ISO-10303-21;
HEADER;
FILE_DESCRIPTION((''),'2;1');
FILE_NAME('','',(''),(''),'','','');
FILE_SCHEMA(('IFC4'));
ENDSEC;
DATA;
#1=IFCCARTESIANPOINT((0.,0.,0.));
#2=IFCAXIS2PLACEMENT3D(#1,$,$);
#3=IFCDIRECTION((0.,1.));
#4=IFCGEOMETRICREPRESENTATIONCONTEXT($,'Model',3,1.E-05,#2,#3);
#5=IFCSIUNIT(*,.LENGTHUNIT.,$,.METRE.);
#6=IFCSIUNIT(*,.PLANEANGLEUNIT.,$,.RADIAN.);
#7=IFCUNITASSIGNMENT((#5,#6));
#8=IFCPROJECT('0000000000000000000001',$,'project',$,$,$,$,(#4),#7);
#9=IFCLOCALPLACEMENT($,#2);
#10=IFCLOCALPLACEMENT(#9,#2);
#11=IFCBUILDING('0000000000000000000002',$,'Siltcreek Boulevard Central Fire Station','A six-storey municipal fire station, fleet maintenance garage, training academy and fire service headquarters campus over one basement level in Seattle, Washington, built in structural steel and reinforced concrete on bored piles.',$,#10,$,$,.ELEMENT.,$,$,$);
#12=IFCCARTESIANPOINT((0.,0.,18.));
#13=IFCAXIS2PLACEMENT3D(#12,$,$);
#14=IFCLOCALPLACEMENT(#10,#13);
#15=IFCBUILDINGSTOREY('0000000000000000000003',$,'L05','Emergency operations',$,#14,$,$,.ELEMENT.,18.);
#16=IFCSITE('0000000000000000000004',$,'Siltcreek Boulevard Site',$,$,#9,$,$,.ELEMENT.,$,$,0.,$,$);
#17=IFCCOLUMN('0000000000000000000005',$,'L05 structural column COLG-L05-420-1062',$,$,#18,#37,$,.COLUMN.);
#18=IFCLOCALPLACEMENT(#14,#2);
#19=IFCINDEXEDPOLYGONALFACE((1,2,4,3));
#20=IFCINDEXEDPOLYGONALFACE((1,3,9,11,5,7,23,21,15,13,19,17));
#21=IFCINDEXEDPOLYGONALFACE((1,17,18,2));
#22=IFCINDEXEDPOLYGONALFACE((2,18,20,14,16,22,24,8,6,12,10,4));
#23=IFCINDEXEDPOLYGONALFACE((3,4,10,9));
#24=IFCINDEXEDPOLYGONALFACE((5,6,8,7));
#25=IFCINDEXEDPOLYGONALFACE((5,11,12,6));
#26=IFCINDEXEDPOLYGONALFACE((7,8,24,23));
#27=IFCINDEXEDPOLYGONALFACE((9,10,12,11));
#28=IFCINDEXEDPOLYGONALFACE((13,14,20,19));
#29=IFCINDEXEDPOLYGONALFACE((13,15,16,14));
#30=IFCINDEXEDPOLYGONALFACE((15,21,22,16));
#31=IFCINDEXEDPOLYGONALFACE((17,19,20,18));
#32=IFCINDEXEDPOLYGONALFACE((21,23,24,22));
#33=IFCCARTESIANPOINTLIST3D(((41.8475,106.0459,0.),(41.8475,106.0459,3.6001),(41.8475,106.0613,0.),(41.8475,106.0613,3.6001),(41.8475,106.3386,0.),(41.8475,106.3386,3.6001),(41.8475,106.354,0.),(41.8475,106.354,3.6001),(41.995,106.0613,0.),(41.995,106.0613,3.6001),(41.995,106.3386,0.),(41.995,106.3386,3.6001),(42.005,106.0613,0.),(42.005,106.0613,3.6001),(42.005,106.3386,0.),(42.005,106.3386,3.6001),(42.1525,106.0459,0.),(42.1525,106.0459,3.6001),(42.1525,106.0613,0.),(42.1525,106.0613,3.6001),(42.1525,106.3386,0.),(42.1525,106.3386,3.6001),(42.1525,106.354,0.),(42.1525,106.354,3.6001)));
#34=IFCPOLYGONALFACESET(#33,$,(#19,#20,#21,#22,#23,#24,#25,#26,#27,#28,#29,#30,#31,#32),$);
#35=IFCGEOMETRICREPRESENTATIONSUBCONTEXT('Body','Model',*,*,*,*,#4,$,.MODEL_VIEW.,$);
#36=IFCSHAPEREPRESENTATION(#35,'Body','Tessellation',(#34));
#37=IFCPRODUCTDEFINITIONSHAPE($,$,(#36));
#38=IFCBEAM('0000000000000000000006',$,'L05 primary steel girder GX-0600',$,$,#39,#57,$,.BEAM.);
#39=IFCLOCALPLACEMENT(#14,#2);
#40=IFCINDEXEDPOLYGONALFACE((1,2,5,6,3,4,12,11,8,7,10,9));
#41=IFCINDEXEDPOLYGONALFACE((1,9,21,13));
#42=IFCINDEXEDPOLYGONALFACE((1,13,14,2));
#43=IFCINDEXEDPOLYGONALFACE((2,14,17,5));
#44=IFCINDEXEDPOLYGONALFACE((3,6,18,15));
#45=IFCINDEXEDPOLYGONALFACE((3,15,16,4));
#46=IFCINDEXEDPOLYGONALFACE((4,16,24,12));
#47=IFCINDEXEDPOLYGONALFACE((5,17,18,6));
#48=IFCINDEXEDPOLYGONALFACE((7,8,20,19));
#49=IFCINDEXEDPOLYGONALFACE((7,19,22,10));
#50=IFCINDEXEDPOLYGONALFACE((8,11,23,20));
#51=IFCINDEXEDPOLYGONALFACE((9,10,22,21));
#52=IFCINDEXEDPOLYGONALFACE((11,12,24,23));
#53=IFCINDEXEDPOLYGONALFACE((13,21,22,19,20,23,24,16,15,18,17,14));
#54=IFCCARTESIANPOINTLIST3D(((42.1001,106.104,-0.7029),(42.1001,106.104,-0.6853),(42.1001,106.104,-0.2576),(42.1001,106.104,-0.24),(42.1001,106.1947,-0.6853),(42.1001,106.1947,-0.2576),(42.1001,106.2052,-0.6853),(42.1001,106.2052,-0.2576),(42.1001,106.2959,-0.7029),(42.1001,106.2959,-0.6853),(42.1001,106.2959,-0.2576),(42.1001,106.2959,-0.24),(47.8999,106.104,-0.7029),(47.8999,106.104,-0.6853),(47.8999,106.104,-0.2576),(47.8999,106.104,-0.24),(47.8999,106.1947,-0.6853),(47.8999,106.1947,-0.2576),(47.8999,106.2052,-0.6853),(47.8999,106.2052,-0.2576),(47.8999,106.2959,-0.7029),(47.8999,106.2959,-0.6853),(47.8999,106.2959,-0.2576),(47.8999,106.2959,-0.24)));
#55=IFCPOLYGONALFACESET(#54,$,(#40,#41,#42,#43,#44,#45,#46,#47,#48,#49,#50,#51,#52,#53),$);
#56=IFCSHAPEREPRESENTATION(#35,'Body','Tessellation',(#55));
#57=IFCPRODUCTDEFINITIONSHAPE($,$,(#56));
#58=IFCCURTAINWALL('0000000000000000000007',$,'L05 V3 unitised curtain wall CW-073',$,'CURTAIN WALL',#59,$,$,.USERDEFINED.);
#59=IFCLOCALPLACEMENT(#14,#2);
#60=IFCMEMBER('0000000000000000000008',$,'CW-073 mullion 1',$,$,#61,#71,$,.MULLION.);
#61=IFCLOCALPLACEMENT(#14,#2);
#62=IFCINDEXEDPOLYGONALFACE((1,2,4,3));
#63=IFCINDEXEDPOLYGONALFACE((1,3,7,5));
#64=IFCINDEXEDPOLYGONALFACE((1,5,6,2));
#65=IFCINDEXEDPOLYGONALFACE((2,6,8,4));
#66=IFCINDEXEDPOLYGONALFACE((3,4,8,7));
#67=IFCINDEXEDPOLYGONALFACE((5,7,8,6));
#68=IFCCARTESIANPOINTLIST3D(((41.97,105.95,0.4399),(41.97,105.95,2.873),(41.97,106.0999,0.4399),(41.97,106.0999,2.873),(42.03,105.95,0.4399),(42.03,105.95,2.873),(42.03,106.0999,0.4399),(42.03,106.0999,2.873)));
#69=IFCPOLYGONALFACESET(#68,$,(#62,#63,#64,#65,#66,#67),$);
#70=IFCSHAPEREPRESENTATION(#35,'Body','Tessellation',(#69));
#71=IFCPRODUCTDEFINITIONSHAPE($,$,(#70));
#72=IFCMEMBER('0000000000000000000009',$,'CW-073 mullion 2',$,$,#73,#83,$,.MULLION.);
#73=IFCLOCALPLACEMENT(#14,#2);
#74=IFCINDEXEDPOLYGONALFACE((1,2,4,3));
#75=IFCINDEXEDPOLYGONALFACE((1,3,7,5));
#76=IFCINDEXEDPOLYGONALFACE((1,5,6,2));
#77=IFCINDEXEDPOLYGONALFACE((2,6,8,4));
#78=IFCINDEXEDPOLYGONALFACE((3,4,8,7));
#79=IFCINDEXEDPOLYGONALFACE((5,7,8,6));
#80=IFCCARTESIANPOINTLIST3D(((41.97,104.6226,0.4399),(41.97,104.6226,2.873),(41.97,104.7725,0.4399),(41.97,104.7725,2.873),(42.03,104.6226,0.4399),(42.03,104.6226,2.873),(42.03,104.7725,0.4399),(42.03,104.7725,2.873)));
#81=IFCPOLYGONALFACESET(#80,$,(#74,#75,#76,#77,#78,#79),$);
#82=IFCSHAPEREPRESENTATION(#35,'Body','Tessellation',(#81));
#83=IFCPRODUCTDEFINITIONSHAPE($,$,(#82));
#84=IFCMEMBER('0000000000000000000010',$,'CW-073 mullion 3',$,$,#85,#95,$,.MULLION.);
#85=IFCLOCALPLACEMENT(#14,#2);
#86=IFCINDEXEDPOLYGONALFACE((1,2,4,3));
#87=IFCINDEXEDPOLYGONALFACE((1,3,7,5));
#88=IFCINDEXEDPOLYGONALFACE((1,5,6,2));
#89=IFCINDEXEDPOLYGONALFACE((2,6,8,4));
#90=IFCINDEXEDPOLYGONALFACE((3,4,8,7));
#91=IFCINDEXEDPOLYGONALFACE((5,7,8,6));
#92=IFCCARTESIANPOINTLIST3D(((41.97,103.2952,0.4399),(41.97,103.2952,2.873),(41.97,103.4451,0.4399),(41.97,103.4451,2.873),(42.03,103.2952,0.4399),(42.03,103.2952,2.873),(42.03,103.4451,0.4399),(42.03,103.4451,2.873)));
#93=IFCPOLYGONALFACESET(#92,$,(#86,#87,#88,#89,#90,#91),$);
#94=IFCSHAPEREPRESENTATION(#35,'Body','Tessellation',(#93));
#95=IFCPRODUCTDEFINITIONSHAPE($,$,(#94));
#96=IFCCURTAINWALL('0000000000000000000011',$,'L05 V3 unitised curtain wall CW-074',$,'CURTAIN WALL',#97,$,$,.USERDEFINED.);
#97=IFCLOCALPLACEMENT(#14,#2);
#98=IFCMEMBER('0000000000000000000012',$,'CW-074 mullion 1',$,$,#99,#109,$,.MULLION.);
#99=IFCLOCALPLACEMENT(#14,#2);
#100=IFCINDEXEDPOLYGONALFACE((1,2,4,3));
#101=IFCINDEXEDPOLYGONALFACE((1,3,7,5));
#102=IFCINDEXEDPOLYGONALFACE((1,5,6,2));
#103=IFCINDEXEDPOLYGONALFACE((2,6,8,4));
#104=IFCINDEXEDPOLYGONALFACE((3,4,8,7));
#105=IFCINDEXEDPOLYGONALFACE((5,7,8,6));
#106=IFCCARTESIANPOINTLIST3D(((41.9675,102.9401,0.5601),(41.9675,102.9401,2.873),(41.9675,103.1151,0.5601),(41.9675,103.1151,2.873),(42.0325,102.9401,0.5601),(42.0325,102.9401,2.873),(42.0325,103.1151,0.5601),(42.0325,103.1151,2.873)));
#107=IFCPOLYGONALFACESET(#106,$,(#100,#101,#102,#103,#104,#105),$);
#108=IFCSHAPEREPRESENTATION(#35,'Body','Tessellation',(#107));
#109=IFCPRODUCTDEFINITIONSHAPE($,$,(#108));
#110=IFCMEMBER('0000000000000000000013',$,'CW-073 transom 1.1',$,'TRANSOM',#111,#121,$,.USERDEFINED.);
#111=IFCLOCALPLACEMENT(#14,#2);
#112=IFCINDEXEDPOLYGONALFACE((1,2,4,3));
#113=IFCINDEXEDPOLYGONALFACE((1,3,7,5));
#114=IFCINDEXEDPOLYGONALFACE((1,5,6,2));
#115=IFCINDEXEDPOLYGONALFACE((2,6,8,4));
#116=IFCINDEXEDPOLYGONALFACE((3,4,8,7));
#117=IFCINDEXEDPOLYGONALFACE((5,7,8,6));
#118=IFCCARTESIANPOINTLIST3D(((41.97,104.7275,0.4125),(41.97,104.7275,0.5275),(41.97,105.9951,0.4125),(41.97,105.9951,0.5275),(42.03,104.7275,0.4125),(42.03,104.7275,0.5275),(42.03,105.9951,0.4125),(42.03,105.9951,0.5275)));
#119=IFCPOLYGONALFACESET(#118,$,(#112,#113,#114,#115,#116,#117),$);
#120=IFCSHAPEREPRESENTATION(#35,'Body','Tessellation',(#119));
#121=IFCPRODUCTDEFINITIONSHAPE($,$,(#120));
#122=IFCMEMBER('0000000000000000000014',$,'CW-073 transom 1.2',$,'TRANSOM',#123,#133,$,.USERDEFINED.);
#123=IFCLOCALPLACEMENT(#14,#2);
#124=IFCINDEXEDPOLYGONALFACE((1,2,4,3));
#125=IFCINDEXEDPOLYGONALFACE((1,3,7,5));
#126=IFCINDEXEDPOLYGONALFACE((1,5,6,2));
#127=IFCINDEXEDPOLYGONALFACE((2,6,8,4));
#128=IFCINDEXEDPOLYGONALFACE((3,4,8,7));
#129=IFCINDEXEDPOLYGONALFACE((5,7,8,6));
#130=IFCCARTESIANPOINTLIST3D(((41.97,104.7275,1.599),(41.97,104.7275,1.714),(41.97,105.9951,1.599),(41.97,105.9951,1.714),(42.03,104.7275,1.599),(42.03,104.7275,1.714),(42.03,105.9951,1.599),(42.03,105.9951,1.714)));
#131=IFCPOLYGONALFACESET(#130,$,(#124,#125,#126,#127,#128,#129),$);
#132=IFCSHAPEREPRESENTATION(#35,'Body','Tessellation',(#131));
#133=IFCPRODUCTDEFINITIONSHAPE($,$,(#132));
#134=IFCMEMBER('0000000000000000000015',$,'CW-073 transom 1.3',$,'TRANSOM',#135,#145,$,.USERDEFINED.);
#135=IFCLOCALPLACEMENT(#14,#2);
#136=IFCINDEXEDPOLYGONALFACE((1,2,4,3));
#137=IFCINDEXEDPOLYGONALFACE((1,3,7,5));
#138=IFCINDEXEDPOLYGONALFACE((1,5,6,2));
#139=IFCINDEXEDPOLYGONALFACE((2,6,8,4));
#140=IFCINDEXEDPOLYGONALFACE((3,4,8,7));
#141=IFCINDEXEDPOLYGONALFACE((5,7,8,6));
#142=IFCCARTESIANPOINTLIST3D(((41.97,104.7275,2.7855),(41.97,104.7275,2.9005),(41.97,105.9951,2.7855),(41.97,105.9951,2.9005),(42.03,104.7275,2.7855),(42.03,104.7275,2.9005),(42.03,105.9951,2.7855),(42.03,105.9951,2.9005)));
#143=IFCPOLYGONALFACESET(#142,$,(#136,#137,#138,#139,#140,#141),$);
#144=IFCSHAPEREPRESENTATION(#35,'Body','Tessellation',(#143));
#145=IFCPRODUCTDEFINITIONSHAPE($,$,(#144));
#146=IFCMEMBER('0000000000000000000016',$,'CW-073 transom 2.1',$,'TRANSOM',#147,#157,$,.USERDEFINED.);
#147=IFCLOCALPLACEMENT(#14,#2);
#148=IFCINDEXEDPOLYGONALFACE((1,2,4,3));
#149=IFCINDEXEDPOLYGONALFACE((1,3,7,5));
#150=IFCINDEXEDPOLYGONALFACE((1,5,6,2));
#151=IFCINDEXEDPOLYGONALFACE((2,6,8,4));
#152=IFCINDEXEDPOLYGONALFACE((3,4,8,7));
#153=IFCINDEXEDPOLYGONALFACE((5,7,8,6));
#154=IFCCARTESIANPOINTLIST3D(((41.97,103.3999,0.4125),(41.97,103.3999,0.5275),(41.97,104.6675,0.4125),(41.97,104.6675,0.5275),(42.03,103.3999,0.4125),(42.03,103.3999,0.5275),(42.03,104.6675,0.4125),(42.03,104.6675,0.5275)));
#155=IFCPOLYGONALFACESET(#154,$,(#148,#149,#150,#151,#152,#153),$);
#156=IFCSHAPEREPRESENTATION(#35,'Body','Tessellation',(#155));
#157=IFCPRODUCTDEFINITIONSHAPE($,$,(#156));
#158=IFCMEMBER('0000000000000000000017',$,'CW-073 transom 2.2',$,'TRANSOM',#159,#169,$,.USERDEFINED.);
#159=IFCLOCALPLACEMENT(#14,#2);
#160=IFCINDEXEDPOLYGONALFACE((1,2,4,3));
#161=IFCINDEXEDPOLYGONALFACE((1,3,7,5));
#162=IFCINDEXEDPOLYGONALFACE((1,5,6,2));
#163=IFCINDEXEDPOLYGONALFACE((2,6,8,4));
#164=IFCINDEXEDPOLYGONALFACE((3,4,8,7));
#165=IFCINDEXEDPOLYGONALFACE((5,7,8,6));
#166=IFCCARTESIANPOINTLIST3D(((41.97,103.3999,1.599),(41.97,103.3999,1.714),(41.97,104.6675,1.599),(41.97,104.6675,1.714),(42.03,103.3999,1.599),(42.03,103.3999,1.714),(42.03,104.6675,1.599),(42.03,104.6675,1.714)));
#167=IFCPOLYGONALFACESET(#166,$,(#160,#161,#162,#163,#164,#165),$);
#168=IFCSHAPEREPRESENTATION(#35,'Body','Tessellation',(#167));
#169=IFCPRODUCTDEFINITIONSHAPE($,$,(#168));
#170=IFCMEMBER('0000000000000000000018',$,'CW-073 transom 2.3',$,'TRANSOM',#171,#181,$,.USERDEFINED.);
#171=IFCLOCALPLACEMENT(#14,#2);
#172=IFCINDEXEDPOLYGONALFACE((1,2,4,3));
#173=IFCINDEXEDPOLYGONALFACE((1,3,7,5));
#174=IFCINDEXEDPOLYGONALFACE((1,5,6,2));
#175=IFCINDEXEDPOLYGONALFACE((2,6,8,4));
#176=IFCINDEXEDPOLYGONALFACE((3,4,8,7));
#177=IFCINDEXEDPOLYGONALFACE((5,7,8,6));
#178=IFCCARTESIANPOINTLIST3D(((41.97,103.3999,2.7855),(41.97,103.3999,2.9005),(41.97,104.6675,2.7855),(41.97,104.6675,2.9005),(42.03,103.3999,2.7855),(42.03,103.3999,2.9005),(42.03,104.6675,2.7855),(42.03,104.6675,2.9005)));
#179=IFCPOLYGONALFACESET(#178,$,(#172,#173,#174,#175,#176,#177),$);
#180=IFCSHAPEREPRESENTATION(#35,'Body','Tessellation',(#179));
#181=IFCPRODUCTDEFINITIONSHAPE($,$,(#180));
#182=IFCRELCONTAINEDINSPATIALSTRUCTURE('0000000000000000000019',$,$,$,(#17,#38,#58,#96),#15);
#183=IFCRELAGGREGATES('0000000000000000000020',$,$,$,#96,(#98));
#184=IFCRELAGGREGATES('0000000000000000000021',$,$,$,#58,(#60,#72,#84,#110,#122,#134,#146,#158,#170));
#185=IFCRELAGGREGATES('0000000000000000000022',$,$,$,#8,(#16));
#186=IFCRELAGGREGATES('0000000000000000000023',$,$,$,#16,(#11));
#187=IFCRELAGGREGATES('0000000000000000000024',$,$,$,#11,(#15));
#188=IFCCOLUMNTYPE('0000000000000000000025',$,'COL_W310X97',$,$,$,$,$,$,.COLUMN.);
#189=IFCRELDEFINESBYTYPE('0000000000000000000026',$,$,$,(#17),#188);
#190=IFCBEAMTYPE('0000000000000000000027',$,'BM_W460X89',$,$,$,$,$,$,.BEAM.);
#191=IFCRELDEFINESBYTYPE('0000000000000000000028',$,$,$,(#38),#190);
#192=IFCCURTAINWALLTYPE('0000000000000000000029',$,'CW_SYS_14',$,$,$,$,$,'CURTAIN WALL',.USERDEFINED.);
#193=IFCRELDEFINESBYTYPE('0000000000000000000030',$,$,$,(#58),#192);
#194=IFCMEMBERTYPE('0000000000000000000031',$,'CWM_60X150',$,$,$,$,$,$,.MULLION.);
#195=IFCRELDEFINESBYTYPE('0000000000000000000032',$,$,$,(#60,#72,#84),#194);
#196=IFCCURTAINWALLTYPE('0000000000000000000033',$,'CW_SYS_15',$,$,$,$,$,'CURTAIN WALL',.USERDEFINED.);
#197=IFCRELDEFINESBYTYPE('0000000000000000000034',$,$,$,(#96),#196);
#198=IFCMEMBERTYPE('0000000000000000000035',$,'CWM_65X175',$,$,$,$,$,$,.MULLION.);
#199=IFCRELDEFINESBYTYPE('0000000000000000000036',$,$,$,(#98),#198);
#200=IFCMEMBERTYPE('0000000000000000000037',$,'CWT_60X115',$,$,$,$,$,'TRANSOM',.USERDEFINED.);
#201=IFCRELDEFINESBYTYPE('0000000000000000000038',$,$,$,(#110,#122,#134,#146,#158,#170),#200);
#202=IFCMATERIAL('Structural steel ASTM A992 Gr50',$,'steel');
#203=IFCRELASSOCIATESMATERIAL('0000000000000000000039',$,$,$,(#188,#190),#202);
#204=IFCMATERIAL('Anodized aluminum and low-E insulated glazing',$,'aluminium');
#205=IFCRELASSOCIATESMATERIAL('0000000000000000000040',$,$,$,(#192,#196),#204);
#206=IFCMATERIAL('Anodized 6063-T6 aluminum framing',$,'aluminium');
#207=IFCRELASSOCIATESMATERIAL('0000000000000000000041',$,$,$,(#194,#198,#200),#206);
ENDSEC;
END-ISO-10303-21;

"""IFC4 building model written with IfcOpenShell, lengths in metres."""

from ifc_helpers import new_model, si_unit, direction, frame, origin, origin_2d, place, context, subcontext, project, spatial, rectangle, i_section, extrude, material, material_profile, profile_set, type_object, element, aggregate, save


model = new_model("IFC4")

# Units and contexts
model_context = context("Model", 3, precision=1e-05, world=origin(), true_north=direction((0.0, 1.0)))
body_context = subcontext(model_context, "Body", "Model", "MODEL_VIEW")
ifc_project = project(units=[si_unit("LENGTHUNIT", "METRE"), si_unit("PLANEANGLEUNIT", "RADIAN")], contexts=[model_context])

# Site, building, storey
site_placement = place(None, origin())
site = spatial("IfcSite", under=ifc_project, at=site_placement, Name="Siltcreek Boulevard Site", CompositionType="ELEMENT", RefElevation=0.0)
building_placement = place(site_placement, origin())
building = spatial("IfcBuilding", under=site, at=building_placement, Name="Siltcreek Boulevard Central Fire Station", Description="A six-storey municipal fire station, fleet maintenance garage, training academy and fire service headquarters campus over one basement level in Seattle, Washington, built in structural steel and reinforced concrete on bored piles.", CompositionType="ELEMENT")
storey_placement = place(building_placement, frame((0.0, 0.0, 18.0)))
storey = spatial("IfcBuildingStorey", under=building, at=storey_placement, Name="L05", Description="Emergency operations", CompositionType="ELEMENT", Elevation=18.0)

# Column
ifc_material_1 = material(Name="Structural steel ASTM A992 Gr50", Category="steel")
ifc_material_profile_1 = material_profile(ifc_material_1, i_section(OverallWidth=0.3049, OverallDepth=0.3081, WebThickness=0.01, FlangeThickness=0.0154, at=origin_2d()), Name="W310X97")
ifc_profile_set_1 = profile_set([ifc_material_profile_1], Name="Structural steel ASTM A992 Gr50")
column_type = type_object("IfcColumnType", Name="COL_W310X97", PredefinedType="COLUMN", material=ifc_profile_set_1)
column_placement = place(storey_placement, frame((42.0, 106.2, 0.0), z_axis=(0.0, 0.0, 1.0), x_axis=(1.0, 0.0, 0.0)))
element("IfcColumn", 1, at=column_placement, inside=storey, type_object=column_type, Name="L05 structural column COLG-L05-420-1062", PredefinedType="COLUMN", context=body_context, shape_type="SweptSolid", body=[
    extrude(i_section(OverallWidth=0.3049, OverallDepth=0.3081, WebThickness=0.01, FlangeThickness=0.0154, at=origin_2d()), origin(), (0.0, 0.0, 1.0), 3.6001),
])

# Beam
ifc_material_profile_2 = material_profile(ifc_material_1, i_section(OverallWidth=0.1919, OverallDepth=0.4629, WebThickness=0.0105, FlangeThickness=0.0176, at=origin_2d()), Name="W460X89")
ifc_profile_set_2 = profile_set([ifc_material_profile_2], Name="Structural steel ASTM A992 Gr50")
beam_type = type_object("IfcBeamType", Name="BM_W460X89", PredefinedType="BEAM", material=ifc_profile_set_2)
beam_placement = place(storey_placement, frame((42.1001, 106.2, -0.4714), z_axis=(1.0, 0.0, 0.0), x_axis=(0.0, 1.0, 0.0)))
element("IfcBeam", 2, at=beam_placement, inside=storey, type_object=beam_type, Name="L05 primary steel girder GX-0600", PredefinedType="BEAM", context=body_context, shape_type="SweptSolid", body=[
    extrude(i_section(OverallWidth=0.1919, OverallDepth=0.4629, WebThickness=0.0105, FlangeThickness=0.0176, at=origin_2d()), origin(), (0.0, 0.0, 1.0), 5.7998),
])

# Curtain wall, members
ifc_material_2 = material(Name="Anodized aluminum and low-E insulated glazing", Category="aluminium")
curtain_wall_type_1 = type_object("IfcCurtainWallType", Name="CW_SYS_14", ElementType="CURTAIN WALL", PredefinedType="USERDEFINED", material=ifc_material_2)
curtain_wall_1_placement = place(storey_placement, origin())
curtain_wall_1 = element("IfcCurtainWall", 3, at=curtain_wall_1_placement, inside=storey, type_object=curtain_wall_type_1, Name="L05 V3 unitised curtain wall CW-073", ObjectType="CURTAIN WALL", PredefinedType="USERDEFINED")
ifc_material_3 = material(Name="Anodized 6063-T6 aluminum framing", Category="aluminium")
ifc_material_profile_3 = material_profile(ifc_material_3, rectangle(XDim=0.0601, YDim=0.1499, at=origin_2d()), Name="MULL60X150")
ifc_profile_set_3 = profile_set([ifc_material_profile_3], Name="Anodized 6063-T6 aluminum framing")
member_type_1 = type_object("IfcMemberType", Name="CWM_60X150", PredefinedType="MULLION", material=ifc_profile_set_3)
member_1_placement = place(storey_placement, frame((42.0, 106.0249, 0.4399), z_axis=(0.0, 0.0, 1.0), x_axis=(1.0, 0.0, 0.0)))
member_1 = element("IfcMember", 4, at=member_1_placement, type_object=member_type_1, Name="CW-073 mullion 1", PredefinedType="MULLION", context=body_context, shape_type="SweptSolid", body=[
    extrude(rectangle(XDim=0.0601, YDim=0.1499, at=origin_2d()), origin(), (0.0, 0.0, 1.0), 2.4331),
])
member_2_placement = place(storey_placement, frame((42.0, 104.6975, 0.4399), z_axis=(0.0, 0.0, 1.0), x_axis=(1.0, 0.0, 0.0)))
member_2 = element("IfcMember", 5, at=member_2_placement, type_object=member_type_1, Name="CW-073 mullion 2", PredefinedType="MULLION", context=body_context, shape_type="SweptSolid", body=[
    extrude(rectangle(XDim=0.0601, YDim=0.1499, at=origin_2d()), origin(), (0.0, 0.0, 1.0), 2.4331),
])
member_3_placement = place(storey_placement, frame((42.0, 103.3701, 0.4399), z_axis=(0.0, 0.0, 1.0), x_axis=(1.0, 0.0, 0.0)))
member_3 = element("IfcMember", 6, at=member_3_placement, type_object=member_type_1, Name="CW-073 mullion 3", PredefinedType="MULLION", context=body_context, shape_type="SweptSolid", body=[
    extrude(rectangle(XDim=0.0601, YDim=0.1499, at=origin_2d()), origin(), (0.0, 0.0, 1.0), 2.4331),
])

# Curtain wall, member
curtain_wall_type_2 = type_object("IfcCurtainWallType", Name="CW_SYS_15", ElementType="CURTAIN WALL", PredefinedType="USERDEFINED", material=ifc_material_2)
curtain_wall_2_placement = place(storey_placement, origin())
curtain_wall_2 = element("IfcCurtainWall", 7, at=curtain_wall_2_placement, inside=storey, type_object=curtain_wall_type_2, Name="L05 V3 unitised curtain wall CW-074", ObjectType="CURTAIN WALL", PredefinedType="USERDEFINED")
ifc_material_profile_4 = material_profile(ifc_material_3, rectangle(XDim=0.0649, YDim=0.175, at=origin_2d()), Name="MULL65X175")
ifc_profile_set_4 = profile_set([ifc_material_profile_4], Name="Anodized 6063-T6 aluminum framing")
member_type_2 = type_object("IfcMemberType", Name="CWM_65X175", PredefinedType="MULLION", material=ifc_profile_set_4)
member_4_placement = place(storey_placement, frame((42.0, 103.0276, 0.5601), z_axis=(0.0, 0.0, 1.0), x_axis=(1.0, 0.0, 0.0)))
member_4 = element("IfcMember", 8, at=member_4_placement, type_object=member_type_2, Name="CW-074 mullion 1", PredefinedType="MULLION", context=body_context, shape_type="SweptSolid", body=[
    extrude(rectangle(XDim=0.0649, YDim=0.175, at=origin_2d()), origin(), (0.0, 0.0, 1.0), 2.313),
])

# Members
ifc_material_profile_5 = material_profile(ifc_material_3, rectangle(XDim=0.0601, YDim=0.115, at=origin_2d()), Name="TRAN60X115")
ifc_profile_set_5 = profile_set([ifc_material_profile_5], Name="Anodized 6063-T6 aluminum framing")
member_type_3 = type_object("IfcMemberType", Name="CWT_60X115", ElementType="TRANSOM", PredefinedType="USERDEFINED", material=ifc_profile_set_5)
member_5_placement = place(storey_placement, frame((42.0, 105.9951, 0.47), z_axis=(0.0, -1.0, 0.0), x_axis=(1.0, 0.0, 0.0)))
member_5 = element("IfcMember", 9, at=member_5_placement, type_object=member_type_3, Name="CW-073 transom 1.1", ObjectType="TRANSOM", PredefinedType="USERDEFINED", context=body_context, shape_type="SweptSolid", body=[
    extrude(rectangle(XDim=0.0601, YDim=0.115, at=origin_2d()), origin(), (0.0, 0.0, 1.0), 1.2676),
])
member_6_placement = place(storey_placement, frame((42.0, 105.9951, 1.6565), z_axis=(0.0, -1.0, 0.0), x_axis=(1.0, 0.0, 0.0)))
member_6 = element("IfcMember", 10, at=member_6_placement, type_object=member_type_3, Name="CW-073 transom 1.2", ObjectType="TRANSOM", PredefinedType="USERDEFINED", context=body_context, shape_type="SweptSolid", body=[
    extrude(rectangle(XDim=0.0601, YDim=0.115, at=origin_2d()), origin(), (0.0, 0.0, 1.0), 1.2676),
])
member_7_placement = place(storey_placement, frame((42.0, 105.9951, 2.843), z_axis=(0.0, -1.0, 0.0), x_axis=(1.0, 0.0, 0.0)))
member_7 = element("IfcMember", 11, at=member_7_placement, type_object=member_type_3, Name="CW-073 transom 1.3", ObjectType="TRANSOM", PredefinedType="USERDEFINED", context=body_context, shape_type="SweptSolid", body=[
    extrude(rectangle(XDim=0.0601, YDim=0.115, at=origin_2d()), origin(), (0.0, 0.0, 1.0), 1.2676),
])
member_8_placement = place(storey_placement, frame((42.0, 104.6675, 0.47), z_axis=(0.0, -1.0, 0.0), x_axis=(1.0, 0.0, 0.0)))
member_8 = element("IfcMember", 12, at=member_8_placement, type_object=member_type_3, Name="CW-073 transom 2.1", ObjectType="TRANSOM", PredefinedType="USERDEFINED", context=body_context, shape_type="SweptSolid", body=[
    extrude(rectangle(XDim=0.0601, YDim=0.115, at=origin_2d()), origin(), (0.0, 0.0, 1.0), 1.2676),
])
member_9_placement = place(storey_placement, frame((42.0, 104.6675, 1.6565), z_axis=(0.0, -1.0, 0.0), x_axis=(1.0, 0.0, 0.0)))
member_9 = element("IfcMember", 13, at=member_9_placement, type_object=member_type_3, Name="CW-073 transom 2.2", ObjectType="TRANSOM", PredefinedType="USERDEFINED", context=body_context, shape_type="SweptSolid", body=[
    extrude(rectangle(XDim=0.0601, YDim=0.115, at=origin_2d()), origin(), (0.0, 0.0, 1.0), 1.2676),
])
member_10_placement = place(storey_placement, frame((42.0, 104.6675, 2.843), z_axis=(0.0, -1.0, 0.0), x_axis=(1.0, 0.0, 0.0)))
member_10 = element("IfcMember", 14, at=member_10_placement, type_object=member_type_3, Name="CW-073 transom 2.3", ObjectType="TRANSOM", PredefinedType="USERDEFINED", context=body_context, shape_type="SweptSolid", body=[
    extrude(rectangle(XDim=0.0601, YDim=0.115, at=origin_2d()), origin(), (0.0, 0.0, 1.0), 1.2676),
])
aggregate(curtain_wall_2, [member_4])

aggregate(curtain_wall_1, [member_1, member_2, member_3, member_5, member_6, member_7, member_8, member_9, member_10])

save(model, "model.ifc")
